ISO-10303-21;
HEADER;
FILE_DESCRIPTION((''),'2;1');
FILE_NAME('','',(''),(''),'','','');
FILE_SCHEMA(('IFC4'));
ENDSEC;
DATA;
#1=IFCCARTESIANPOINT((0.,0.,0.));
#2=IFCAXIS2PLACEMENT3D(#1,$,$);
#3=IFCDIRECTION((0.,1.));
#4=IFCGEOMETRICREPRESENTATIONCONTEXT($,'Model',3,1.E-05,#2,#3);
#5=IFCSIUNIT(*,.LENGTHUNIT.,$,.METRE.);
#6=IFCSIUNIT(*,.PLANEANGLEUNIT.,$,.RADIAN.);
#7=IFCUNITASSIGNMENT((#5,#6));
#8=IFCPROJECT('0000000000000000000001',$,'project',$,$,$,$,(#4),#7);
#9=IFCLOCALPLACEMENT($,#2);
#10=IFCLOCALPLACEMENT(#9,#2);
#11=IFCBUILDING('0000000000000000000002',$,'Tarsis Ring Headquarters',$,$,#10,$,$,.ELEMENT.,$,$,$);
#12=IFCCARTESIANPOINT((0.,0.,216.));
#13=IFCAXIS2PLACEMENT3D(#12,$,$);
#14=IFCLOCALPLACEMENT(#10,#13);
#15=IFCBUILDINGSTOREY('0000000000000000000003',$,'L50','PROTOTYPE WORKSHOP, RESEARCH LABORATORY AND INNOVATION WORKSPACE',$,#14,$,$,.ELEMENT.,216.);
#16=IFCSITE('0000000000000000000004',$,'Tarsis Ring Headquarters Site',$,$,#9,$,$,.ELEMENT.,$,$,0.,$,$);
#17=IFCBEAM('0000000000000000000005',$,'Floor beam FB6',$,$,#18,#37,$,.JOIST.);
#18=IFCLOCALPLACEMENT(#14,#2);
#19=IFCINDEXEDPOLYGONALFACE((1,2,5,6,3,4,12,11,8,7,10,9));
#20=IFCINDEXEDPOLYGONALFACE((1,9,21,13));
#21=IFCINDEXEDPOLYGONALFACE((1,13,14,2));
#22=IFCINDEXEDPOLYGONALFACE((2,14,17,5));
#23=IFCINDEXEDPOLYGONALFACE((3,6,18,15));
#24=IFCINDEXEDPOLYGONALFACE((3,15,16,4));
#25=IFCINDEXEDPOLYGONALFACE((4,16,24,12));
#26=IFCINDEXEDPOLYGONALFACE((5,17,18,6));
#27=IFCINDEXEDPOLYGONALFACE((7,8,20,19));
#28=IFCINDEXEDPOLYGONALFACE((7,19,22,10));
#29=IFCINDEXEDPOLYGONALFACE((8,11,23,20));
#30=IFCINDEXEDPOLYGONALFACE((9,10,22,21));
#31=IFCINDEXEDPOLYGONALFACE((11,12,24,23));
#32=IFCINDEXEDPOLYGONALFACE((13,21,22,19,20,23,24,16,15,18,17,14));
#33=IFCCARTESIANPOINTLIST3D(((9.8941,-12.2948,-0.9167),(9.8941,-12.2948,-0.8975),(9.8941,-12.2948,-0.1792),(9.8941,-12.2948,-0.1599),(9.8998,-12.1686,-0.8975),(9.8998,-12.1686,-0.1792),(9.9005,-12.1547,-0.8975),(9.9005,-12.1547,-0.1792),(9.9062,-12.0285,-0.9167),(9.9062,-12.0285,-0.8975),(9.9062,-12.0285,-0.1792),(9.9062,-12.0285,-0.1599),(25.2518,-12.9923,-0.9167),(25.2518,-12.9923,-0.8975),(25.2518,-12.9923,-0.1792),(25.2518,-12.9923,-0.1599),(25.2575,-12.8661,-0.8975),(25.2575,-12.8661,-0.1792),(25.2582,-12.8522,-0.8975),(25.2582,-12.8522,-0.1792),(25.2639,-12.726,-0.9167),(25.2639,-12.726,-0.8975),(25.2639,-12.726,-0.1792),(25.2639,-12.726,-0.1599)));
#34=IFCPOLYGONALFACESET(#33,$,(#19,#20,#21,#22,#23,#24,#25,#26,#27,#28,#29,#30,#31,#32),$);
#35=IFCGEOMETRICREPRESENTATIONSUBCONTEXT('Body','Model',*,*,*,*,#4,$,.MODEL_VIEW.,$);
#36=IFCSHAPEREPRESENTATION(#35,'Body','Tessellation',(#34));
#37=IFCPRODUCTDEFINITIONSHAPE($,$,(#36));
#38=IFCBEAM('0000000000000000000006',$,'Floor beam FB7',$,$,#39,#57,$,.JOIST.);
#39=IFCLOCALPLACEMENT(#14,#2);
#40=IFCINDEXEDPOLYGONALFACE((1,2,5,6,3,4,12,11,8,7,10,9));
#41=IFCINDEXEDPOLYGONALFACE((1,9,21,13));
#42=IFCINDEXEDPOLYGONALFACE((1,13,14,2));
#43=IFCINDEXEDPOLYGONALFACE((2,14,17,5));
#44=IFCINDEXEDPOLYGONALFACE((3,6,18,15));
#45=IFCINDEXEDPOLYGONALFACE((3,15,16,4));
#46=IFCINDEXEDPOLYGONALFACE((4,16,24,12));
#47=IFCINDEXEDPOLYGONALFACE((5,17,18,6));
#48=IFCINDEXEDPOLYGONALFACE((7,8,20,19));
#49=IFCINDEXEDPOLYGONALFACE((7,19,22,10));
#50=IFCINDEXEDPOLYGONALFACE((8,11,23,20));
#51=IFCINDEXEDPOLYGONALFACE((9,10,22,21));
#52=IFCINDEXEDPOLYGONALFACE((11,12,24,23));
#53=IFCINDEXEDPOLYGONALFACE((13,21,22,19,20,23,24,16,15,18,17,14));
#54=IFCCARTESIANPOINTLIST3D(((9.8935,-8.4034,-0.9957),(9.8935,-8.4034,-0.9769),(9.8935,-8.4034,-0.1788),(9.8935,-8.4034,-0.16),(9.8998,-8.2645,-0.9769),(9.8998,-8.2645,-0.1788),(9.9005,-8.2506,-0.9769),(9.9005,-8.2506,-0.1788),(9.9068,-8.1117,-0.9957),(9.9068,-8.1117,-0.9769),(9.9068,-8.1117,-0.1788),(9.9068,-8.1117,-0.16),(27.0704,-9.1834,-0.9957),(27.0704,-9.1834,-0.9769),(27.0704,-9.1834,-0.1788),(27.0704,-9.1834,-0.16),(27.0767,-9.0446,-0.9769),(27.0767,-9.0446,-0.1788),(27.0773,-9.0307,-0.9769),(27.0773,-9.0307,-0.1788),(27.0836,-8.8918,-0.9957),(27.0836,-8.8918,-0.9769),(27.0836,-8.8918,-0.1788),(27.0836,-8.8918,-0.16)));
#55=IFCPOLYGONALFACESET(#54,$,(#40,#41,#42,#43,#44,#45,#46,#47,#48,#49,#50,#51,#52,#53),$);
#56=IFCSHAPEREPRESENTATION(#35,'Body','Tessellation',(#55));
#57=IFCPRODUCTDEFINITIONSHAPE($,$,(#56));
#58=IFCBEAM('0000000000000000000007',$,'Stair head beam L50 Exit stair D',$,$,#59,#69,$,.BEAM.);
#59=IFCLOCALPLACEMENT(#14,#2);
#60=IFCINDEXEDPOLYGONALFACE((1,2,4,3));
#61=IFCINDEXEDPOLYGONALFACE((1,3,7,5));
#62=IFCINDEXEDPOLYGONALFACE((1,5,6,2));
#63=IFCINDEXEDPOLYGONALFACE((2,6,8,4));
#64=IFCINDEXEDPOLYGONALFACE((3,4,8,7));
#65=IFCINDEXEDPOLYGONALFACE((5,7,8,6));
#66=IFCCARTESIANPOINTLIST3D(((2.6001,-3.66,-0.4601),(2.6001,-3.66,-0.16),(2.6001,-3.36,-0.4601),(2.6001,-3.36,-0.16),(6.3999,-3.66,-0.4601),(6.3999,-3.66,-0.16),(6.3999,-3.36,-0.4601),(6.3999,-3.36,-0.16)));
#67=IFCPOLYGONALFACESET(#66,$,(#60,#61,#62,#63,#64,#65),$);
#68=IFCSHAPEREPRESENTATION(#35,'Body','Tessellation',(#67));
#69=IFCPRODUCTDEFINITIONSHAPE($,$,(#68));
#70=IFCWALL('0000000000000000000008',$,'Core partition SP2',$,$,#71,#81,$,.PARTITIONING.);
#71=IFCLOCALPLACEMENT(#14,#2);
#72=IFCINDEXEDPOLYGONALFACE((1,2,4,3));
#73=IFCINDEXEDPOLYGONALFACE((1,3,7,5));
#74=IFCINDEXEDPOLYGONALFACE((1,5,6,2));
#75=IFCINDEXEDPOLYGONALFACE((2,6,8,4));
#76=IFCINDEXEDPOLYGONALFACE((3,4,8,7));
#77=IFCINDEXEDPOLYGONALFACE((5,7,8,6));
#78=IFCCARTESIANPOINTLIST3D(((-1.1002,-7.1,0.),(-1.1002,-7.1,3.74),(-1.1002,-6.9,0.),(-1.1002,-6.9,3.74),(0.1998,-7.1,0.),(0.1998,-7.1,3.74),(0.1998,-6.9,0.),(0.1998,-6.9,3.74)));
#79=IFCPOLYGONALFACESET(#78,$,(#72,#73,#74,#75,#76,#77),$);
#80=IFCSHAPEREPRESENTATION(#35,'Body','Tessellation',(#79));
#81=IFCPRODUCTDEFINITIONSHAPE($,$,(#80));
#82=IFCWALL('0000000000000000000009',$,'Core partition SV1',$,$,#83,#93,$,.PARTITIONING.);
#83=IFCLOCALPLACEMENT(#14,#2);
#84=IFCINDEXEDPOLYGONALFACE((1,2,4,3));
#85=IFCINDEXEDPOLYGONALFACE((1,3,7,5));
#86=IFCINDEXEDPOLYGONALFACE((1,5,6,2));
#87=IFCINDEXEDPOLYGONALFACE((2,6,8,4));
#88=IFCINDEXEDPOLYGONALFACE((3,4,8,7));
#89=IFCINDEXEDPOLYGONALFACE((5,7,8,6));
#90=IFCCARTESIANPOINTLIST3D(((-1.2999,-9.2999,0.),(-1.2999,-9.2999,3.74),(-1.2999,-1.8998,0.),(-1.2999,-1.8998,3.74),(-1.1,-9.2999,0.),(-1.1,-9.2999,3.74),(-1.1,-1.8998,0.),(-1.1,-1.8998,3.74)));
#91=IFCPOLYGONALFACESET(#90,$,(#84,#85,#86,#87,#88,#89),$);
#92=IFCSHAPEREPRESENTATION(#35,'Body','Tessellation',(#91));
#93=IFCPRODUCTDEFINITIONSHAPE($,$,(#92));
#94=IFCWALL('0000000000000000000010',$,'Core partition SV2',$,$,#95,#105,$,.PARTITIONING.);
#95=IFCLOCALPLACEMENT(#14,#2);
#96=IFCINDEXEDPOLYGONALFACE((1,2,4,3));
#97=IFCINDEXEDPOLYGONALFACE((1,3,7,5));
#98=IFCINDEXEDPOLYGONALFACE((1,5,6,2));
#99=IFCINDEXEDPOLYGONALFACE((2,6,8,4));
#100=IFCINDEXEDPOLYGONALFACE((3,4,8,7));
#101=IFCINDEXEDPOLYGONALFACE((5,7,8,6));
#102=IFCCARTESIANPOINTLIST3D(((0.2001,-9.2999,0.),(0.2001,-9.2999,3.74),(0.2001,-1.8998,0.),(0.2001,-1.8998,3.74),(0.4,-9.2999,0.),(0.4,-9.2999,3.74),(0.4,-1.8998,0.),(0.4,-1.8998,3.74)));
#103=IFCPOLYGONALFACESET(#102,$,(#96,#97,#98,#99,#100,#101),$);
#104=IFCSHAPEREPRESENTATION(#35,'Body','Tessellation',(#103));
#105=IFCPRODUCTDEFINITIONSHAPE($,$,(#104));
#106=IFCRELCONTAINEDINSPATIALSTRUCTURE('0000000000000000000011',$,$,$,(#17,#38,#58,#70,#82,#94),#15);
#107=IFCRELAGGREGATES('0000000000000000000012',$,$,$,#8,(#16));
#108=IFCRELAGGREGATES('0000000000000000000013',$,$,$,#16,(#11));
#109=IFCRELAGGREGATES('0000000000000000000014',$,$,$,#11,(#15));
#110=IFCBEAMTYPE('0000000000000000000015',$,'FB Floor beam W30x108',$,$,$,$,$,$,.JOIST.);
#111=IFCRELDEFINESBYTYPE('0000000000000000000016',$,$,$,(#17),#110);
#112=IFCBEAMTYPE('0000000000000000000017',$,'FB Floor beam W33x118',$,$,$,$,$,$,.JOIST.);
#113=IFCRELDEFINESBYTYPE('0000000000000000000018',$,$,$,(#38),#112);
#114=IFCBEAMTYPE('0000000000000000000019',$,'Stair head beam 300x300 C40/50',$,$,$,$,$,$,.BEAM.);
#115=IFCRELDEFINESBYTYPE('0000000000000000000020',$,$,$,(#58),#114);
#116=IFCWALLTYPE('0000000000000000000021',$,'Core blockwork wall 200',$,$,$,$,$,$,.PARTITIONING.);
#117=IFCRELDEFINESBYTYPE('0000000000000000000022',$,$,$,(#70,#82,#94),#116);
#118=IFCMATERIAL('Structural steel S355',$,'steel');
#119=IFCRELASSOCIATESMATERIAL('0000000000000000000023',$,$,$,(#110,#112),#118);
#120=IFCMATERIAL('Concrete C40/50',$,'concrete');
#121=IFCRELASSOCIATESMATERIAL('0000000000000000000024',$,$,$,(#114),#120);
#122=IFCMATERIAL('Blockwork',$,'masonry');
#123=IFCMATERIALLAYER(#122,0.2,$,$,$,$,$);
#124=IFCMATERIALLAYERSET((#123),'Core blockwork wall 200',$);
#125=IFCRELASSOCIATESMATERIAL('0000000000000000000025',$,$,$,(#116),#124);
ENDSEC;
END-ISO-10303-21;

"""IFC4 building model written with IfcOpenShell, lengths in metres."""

from ifc_helpers import new_model, si_unit, direction, frame, frame_2d, origin, origin_2d, place, context, subcontext, project, spatial, rectangle, i_section, extrude, material, layer, layer_set, material_profile, profile_set, type_object, element, save


model = new_model("IFC4")

# Units and contexts
model_context = context("Model", 3, precision=1e-05, world=origin(), true_north=direction((0.0, 1.0)))
body_context = subcontext(model_context, "Body", "Model", "MODEL_VIEW")
ifc_project = project(units=[si_unit("LENGTHUNIT", "METRE"), si_unit("PLANEANGLEUNIT", "RADIAN")], contexts=[model_context])

# Site, building, storey
site_placement = place(None, origin())
site = spatial("IfcSite", under=ifc_project, at=site_placement, Name="Tarsis Ring Headquarters Site", CompositionType="ELEMENT", RefElevation=0.0)
building_placement = place(site_placement, origin())
building = spatial("IfcBuilding", under=site, at=building_placement, Name="Tarsis Ring Headquarters", CompositionType="ELEMENT")
storey_placement = place(building_placement, frame((0.0, 0.0, 216.0)))
storey = spatial("IfcBuildingStorey", under=building, at=storey_placement, Name="L50", Description="PROTOTYPE WORKSHOP, RESEARCH LABORATORY AND INNOVATION WORKSPACE", CompositionType="ELEMENT", Elevation=216.0)

# Beams
ifc_material_1 = material(Name="Structural steel S355", Category="steel")
ifc_material_profile_1 = material_profile(ifc_material_1, i_section(OverallWidth=0.2666, OverallDepth=0.7568, WebThickness=0.0139, FlangeThickness=0.0193, at=origin_2d()), Name="W30x108")
ifc_profile_set_1 = profile_set([ifc_material_profile_1], Name="Structural steel S355")
beam_type_1 = type_object("IfcBeamType", Name="FB Floor beam W30x108", PredefinedType="JOIST", material=ifc_profile_set_1)
beam_1_placement = place(storey_placement, frame((9.9001, -12.1616, -0.5383), z_axis=(0.99897, -0.045371, 0.0), x_axis=(0.045371, 0.99897, 0.0)))
element("IfcBeam", 1, at=beam_1_placement, inside=storey, type_object=beam_type_1, Name="Floor beam FB6", PredefinedType="JOIST", context=body_context, shape_type="SweptSolid", body=[
    extrude(i_section(OverallWidth=0.2666, OverallDepth=0.7568, WebThickness=0.0139, FlangeThickness=0.0193, at=origin_2d()), origin(), (0.0, 0.0, 1.0), 15.3735),
])
ifc_material_profile_2 = material_profile(ifc_material_1, i_section(OverallWidth=0.292, OverallDepth=0.8357, WebThickness=0.0139, FlangeThickness=0.0188, at=origin_2d()), Name="W33x118")
ifc_profile_set_2 = profile_set([ifc_material_profile_2], Name="Structural steel S355")
beam_type_2 = type_object("IfcBeamType", Name="FB Floor beam W33x118", PredefinedType="JOIST", material=ifc_profile_set_2)
beam_2_placement = place(storey_placement, frame((9.9001, -8.2576, -0.5779), z_axis=(0.99897, -0.045365, 0.0), x_axis=(0.045365, 0.99897, 0.0)))
element("IfcBeam", 2, at=beam_2_placement, inside=storey, type_object=beam_type_2, Name="Floor beam FB7", PredefinedType="JOIST", context=body_context, shape_type="SweptSolid", body=[
    extrude(i_section(OverallWidth=0.292, OverallDepth=0.8357, WebThickness=0.0139, FlangeThickness=0.0188, at=origin_2d()), origin(), (0.0, 0.0, 1.0), 17.1946),
])
ifc_material_2 = material(Name="Concrete C40/50", Category="concrete")
ifc_material_profile_3 = material_profile(ifc_material_2, rectangle(XDim=0.3, YDim=0.3, at=origin_2d()), Name="Stair head beam 300x300 C40/50")
ifc_profile_set_3 = profile_set([ifc_material_profile_3], Name="Concrete C40/50")
beam_type_3 = type_object("IfcBeamType", Name="Stair head beam 300x300 C40/50", PredefinedType="BEAM", material=ifc_profile_set_3)
beam_3_placement = place(storey_placement, frame((2.6001, -3.51, -0.3101), z_axis=(1.0, 0.0, 0.0), x_axis=(0.0, 1.0, 0.0)))
element("IfcBeam", 3, at=beam_3_placement, inside=storey, type_object=beam_type_3, Name="Stair head beam L50 Exit stair D", PredefinedType="BEAM", context=body_context, shape_type="SweptSolid", body=[
    extrude(rectangle(XDim=0.3, YDim=0.3, at=origin_2d()), origin(), (0.0, 0.0, 1.0), 3.7998),
])

# Walls
ifc_material_3 = material(Name="Blockwork", Category="masonry")
ifc_layer_1 = layer(ifc_material_3, 0.2)
ifc_layer_set_1 = layer_set([ifc_layer_1], Name="Core blockwork wall 200")
wall_type_1 = type_object("IfcWallType", Name="Core blockwork wall 200", PredefinedType="PARTITIONING", material=ifc_layer_set_1)
wall_1_placement = place(storey_placement, frame((-1.1001, -7.0, 0.0), z_axis=(0.0, 0.0, 1.0), x_axis=(1.0, 0.0, 0.0)))
element("IfcWall", 4, at=wall_1_placement, inside=storey, type_object=wall_type_1, Name="Core partition SP2", PredefinedType="PARTITIONING", context=body_context, shape_type="SweptSolid", body=[
    extrude(rectangle(XDim=1.3, YDim=0.2, at=frame_2d((0.6499, 0.0))), origin(), (0.0, 0.0, 1.0), 3.74),
])
for number, where, z_axis, x_axis, name in (
    (5, (-1.2, -9.3, 0.0), (0.0, 0.0, 1.0), (0.0, 1.0, 0.0), "Core partition SV1"),
    (6, (0.3, -9.3, 0.0), (0.0, 0.0, 1.0), (0.0, 1.0, 0.0), "Core partition SV2"),
):
    element("IfcWall", number, at=place(storey_placement, frame(where, z_axis=z_axis, x_axis=x_axis)), inside=storey, type_object=wall_type_1, Name=name, PredefinedType="PARTITIONING", context=body_context, shape_type="SweptSolid", body=[
        extrude(rectangle(XDim=7.4001, YDim=0.2, at=frame_2d((3.7002, 0.0))), origin(), (0.0, 0.0, 1.0), 3.74),
    ])

save(model, "model.ifc")
